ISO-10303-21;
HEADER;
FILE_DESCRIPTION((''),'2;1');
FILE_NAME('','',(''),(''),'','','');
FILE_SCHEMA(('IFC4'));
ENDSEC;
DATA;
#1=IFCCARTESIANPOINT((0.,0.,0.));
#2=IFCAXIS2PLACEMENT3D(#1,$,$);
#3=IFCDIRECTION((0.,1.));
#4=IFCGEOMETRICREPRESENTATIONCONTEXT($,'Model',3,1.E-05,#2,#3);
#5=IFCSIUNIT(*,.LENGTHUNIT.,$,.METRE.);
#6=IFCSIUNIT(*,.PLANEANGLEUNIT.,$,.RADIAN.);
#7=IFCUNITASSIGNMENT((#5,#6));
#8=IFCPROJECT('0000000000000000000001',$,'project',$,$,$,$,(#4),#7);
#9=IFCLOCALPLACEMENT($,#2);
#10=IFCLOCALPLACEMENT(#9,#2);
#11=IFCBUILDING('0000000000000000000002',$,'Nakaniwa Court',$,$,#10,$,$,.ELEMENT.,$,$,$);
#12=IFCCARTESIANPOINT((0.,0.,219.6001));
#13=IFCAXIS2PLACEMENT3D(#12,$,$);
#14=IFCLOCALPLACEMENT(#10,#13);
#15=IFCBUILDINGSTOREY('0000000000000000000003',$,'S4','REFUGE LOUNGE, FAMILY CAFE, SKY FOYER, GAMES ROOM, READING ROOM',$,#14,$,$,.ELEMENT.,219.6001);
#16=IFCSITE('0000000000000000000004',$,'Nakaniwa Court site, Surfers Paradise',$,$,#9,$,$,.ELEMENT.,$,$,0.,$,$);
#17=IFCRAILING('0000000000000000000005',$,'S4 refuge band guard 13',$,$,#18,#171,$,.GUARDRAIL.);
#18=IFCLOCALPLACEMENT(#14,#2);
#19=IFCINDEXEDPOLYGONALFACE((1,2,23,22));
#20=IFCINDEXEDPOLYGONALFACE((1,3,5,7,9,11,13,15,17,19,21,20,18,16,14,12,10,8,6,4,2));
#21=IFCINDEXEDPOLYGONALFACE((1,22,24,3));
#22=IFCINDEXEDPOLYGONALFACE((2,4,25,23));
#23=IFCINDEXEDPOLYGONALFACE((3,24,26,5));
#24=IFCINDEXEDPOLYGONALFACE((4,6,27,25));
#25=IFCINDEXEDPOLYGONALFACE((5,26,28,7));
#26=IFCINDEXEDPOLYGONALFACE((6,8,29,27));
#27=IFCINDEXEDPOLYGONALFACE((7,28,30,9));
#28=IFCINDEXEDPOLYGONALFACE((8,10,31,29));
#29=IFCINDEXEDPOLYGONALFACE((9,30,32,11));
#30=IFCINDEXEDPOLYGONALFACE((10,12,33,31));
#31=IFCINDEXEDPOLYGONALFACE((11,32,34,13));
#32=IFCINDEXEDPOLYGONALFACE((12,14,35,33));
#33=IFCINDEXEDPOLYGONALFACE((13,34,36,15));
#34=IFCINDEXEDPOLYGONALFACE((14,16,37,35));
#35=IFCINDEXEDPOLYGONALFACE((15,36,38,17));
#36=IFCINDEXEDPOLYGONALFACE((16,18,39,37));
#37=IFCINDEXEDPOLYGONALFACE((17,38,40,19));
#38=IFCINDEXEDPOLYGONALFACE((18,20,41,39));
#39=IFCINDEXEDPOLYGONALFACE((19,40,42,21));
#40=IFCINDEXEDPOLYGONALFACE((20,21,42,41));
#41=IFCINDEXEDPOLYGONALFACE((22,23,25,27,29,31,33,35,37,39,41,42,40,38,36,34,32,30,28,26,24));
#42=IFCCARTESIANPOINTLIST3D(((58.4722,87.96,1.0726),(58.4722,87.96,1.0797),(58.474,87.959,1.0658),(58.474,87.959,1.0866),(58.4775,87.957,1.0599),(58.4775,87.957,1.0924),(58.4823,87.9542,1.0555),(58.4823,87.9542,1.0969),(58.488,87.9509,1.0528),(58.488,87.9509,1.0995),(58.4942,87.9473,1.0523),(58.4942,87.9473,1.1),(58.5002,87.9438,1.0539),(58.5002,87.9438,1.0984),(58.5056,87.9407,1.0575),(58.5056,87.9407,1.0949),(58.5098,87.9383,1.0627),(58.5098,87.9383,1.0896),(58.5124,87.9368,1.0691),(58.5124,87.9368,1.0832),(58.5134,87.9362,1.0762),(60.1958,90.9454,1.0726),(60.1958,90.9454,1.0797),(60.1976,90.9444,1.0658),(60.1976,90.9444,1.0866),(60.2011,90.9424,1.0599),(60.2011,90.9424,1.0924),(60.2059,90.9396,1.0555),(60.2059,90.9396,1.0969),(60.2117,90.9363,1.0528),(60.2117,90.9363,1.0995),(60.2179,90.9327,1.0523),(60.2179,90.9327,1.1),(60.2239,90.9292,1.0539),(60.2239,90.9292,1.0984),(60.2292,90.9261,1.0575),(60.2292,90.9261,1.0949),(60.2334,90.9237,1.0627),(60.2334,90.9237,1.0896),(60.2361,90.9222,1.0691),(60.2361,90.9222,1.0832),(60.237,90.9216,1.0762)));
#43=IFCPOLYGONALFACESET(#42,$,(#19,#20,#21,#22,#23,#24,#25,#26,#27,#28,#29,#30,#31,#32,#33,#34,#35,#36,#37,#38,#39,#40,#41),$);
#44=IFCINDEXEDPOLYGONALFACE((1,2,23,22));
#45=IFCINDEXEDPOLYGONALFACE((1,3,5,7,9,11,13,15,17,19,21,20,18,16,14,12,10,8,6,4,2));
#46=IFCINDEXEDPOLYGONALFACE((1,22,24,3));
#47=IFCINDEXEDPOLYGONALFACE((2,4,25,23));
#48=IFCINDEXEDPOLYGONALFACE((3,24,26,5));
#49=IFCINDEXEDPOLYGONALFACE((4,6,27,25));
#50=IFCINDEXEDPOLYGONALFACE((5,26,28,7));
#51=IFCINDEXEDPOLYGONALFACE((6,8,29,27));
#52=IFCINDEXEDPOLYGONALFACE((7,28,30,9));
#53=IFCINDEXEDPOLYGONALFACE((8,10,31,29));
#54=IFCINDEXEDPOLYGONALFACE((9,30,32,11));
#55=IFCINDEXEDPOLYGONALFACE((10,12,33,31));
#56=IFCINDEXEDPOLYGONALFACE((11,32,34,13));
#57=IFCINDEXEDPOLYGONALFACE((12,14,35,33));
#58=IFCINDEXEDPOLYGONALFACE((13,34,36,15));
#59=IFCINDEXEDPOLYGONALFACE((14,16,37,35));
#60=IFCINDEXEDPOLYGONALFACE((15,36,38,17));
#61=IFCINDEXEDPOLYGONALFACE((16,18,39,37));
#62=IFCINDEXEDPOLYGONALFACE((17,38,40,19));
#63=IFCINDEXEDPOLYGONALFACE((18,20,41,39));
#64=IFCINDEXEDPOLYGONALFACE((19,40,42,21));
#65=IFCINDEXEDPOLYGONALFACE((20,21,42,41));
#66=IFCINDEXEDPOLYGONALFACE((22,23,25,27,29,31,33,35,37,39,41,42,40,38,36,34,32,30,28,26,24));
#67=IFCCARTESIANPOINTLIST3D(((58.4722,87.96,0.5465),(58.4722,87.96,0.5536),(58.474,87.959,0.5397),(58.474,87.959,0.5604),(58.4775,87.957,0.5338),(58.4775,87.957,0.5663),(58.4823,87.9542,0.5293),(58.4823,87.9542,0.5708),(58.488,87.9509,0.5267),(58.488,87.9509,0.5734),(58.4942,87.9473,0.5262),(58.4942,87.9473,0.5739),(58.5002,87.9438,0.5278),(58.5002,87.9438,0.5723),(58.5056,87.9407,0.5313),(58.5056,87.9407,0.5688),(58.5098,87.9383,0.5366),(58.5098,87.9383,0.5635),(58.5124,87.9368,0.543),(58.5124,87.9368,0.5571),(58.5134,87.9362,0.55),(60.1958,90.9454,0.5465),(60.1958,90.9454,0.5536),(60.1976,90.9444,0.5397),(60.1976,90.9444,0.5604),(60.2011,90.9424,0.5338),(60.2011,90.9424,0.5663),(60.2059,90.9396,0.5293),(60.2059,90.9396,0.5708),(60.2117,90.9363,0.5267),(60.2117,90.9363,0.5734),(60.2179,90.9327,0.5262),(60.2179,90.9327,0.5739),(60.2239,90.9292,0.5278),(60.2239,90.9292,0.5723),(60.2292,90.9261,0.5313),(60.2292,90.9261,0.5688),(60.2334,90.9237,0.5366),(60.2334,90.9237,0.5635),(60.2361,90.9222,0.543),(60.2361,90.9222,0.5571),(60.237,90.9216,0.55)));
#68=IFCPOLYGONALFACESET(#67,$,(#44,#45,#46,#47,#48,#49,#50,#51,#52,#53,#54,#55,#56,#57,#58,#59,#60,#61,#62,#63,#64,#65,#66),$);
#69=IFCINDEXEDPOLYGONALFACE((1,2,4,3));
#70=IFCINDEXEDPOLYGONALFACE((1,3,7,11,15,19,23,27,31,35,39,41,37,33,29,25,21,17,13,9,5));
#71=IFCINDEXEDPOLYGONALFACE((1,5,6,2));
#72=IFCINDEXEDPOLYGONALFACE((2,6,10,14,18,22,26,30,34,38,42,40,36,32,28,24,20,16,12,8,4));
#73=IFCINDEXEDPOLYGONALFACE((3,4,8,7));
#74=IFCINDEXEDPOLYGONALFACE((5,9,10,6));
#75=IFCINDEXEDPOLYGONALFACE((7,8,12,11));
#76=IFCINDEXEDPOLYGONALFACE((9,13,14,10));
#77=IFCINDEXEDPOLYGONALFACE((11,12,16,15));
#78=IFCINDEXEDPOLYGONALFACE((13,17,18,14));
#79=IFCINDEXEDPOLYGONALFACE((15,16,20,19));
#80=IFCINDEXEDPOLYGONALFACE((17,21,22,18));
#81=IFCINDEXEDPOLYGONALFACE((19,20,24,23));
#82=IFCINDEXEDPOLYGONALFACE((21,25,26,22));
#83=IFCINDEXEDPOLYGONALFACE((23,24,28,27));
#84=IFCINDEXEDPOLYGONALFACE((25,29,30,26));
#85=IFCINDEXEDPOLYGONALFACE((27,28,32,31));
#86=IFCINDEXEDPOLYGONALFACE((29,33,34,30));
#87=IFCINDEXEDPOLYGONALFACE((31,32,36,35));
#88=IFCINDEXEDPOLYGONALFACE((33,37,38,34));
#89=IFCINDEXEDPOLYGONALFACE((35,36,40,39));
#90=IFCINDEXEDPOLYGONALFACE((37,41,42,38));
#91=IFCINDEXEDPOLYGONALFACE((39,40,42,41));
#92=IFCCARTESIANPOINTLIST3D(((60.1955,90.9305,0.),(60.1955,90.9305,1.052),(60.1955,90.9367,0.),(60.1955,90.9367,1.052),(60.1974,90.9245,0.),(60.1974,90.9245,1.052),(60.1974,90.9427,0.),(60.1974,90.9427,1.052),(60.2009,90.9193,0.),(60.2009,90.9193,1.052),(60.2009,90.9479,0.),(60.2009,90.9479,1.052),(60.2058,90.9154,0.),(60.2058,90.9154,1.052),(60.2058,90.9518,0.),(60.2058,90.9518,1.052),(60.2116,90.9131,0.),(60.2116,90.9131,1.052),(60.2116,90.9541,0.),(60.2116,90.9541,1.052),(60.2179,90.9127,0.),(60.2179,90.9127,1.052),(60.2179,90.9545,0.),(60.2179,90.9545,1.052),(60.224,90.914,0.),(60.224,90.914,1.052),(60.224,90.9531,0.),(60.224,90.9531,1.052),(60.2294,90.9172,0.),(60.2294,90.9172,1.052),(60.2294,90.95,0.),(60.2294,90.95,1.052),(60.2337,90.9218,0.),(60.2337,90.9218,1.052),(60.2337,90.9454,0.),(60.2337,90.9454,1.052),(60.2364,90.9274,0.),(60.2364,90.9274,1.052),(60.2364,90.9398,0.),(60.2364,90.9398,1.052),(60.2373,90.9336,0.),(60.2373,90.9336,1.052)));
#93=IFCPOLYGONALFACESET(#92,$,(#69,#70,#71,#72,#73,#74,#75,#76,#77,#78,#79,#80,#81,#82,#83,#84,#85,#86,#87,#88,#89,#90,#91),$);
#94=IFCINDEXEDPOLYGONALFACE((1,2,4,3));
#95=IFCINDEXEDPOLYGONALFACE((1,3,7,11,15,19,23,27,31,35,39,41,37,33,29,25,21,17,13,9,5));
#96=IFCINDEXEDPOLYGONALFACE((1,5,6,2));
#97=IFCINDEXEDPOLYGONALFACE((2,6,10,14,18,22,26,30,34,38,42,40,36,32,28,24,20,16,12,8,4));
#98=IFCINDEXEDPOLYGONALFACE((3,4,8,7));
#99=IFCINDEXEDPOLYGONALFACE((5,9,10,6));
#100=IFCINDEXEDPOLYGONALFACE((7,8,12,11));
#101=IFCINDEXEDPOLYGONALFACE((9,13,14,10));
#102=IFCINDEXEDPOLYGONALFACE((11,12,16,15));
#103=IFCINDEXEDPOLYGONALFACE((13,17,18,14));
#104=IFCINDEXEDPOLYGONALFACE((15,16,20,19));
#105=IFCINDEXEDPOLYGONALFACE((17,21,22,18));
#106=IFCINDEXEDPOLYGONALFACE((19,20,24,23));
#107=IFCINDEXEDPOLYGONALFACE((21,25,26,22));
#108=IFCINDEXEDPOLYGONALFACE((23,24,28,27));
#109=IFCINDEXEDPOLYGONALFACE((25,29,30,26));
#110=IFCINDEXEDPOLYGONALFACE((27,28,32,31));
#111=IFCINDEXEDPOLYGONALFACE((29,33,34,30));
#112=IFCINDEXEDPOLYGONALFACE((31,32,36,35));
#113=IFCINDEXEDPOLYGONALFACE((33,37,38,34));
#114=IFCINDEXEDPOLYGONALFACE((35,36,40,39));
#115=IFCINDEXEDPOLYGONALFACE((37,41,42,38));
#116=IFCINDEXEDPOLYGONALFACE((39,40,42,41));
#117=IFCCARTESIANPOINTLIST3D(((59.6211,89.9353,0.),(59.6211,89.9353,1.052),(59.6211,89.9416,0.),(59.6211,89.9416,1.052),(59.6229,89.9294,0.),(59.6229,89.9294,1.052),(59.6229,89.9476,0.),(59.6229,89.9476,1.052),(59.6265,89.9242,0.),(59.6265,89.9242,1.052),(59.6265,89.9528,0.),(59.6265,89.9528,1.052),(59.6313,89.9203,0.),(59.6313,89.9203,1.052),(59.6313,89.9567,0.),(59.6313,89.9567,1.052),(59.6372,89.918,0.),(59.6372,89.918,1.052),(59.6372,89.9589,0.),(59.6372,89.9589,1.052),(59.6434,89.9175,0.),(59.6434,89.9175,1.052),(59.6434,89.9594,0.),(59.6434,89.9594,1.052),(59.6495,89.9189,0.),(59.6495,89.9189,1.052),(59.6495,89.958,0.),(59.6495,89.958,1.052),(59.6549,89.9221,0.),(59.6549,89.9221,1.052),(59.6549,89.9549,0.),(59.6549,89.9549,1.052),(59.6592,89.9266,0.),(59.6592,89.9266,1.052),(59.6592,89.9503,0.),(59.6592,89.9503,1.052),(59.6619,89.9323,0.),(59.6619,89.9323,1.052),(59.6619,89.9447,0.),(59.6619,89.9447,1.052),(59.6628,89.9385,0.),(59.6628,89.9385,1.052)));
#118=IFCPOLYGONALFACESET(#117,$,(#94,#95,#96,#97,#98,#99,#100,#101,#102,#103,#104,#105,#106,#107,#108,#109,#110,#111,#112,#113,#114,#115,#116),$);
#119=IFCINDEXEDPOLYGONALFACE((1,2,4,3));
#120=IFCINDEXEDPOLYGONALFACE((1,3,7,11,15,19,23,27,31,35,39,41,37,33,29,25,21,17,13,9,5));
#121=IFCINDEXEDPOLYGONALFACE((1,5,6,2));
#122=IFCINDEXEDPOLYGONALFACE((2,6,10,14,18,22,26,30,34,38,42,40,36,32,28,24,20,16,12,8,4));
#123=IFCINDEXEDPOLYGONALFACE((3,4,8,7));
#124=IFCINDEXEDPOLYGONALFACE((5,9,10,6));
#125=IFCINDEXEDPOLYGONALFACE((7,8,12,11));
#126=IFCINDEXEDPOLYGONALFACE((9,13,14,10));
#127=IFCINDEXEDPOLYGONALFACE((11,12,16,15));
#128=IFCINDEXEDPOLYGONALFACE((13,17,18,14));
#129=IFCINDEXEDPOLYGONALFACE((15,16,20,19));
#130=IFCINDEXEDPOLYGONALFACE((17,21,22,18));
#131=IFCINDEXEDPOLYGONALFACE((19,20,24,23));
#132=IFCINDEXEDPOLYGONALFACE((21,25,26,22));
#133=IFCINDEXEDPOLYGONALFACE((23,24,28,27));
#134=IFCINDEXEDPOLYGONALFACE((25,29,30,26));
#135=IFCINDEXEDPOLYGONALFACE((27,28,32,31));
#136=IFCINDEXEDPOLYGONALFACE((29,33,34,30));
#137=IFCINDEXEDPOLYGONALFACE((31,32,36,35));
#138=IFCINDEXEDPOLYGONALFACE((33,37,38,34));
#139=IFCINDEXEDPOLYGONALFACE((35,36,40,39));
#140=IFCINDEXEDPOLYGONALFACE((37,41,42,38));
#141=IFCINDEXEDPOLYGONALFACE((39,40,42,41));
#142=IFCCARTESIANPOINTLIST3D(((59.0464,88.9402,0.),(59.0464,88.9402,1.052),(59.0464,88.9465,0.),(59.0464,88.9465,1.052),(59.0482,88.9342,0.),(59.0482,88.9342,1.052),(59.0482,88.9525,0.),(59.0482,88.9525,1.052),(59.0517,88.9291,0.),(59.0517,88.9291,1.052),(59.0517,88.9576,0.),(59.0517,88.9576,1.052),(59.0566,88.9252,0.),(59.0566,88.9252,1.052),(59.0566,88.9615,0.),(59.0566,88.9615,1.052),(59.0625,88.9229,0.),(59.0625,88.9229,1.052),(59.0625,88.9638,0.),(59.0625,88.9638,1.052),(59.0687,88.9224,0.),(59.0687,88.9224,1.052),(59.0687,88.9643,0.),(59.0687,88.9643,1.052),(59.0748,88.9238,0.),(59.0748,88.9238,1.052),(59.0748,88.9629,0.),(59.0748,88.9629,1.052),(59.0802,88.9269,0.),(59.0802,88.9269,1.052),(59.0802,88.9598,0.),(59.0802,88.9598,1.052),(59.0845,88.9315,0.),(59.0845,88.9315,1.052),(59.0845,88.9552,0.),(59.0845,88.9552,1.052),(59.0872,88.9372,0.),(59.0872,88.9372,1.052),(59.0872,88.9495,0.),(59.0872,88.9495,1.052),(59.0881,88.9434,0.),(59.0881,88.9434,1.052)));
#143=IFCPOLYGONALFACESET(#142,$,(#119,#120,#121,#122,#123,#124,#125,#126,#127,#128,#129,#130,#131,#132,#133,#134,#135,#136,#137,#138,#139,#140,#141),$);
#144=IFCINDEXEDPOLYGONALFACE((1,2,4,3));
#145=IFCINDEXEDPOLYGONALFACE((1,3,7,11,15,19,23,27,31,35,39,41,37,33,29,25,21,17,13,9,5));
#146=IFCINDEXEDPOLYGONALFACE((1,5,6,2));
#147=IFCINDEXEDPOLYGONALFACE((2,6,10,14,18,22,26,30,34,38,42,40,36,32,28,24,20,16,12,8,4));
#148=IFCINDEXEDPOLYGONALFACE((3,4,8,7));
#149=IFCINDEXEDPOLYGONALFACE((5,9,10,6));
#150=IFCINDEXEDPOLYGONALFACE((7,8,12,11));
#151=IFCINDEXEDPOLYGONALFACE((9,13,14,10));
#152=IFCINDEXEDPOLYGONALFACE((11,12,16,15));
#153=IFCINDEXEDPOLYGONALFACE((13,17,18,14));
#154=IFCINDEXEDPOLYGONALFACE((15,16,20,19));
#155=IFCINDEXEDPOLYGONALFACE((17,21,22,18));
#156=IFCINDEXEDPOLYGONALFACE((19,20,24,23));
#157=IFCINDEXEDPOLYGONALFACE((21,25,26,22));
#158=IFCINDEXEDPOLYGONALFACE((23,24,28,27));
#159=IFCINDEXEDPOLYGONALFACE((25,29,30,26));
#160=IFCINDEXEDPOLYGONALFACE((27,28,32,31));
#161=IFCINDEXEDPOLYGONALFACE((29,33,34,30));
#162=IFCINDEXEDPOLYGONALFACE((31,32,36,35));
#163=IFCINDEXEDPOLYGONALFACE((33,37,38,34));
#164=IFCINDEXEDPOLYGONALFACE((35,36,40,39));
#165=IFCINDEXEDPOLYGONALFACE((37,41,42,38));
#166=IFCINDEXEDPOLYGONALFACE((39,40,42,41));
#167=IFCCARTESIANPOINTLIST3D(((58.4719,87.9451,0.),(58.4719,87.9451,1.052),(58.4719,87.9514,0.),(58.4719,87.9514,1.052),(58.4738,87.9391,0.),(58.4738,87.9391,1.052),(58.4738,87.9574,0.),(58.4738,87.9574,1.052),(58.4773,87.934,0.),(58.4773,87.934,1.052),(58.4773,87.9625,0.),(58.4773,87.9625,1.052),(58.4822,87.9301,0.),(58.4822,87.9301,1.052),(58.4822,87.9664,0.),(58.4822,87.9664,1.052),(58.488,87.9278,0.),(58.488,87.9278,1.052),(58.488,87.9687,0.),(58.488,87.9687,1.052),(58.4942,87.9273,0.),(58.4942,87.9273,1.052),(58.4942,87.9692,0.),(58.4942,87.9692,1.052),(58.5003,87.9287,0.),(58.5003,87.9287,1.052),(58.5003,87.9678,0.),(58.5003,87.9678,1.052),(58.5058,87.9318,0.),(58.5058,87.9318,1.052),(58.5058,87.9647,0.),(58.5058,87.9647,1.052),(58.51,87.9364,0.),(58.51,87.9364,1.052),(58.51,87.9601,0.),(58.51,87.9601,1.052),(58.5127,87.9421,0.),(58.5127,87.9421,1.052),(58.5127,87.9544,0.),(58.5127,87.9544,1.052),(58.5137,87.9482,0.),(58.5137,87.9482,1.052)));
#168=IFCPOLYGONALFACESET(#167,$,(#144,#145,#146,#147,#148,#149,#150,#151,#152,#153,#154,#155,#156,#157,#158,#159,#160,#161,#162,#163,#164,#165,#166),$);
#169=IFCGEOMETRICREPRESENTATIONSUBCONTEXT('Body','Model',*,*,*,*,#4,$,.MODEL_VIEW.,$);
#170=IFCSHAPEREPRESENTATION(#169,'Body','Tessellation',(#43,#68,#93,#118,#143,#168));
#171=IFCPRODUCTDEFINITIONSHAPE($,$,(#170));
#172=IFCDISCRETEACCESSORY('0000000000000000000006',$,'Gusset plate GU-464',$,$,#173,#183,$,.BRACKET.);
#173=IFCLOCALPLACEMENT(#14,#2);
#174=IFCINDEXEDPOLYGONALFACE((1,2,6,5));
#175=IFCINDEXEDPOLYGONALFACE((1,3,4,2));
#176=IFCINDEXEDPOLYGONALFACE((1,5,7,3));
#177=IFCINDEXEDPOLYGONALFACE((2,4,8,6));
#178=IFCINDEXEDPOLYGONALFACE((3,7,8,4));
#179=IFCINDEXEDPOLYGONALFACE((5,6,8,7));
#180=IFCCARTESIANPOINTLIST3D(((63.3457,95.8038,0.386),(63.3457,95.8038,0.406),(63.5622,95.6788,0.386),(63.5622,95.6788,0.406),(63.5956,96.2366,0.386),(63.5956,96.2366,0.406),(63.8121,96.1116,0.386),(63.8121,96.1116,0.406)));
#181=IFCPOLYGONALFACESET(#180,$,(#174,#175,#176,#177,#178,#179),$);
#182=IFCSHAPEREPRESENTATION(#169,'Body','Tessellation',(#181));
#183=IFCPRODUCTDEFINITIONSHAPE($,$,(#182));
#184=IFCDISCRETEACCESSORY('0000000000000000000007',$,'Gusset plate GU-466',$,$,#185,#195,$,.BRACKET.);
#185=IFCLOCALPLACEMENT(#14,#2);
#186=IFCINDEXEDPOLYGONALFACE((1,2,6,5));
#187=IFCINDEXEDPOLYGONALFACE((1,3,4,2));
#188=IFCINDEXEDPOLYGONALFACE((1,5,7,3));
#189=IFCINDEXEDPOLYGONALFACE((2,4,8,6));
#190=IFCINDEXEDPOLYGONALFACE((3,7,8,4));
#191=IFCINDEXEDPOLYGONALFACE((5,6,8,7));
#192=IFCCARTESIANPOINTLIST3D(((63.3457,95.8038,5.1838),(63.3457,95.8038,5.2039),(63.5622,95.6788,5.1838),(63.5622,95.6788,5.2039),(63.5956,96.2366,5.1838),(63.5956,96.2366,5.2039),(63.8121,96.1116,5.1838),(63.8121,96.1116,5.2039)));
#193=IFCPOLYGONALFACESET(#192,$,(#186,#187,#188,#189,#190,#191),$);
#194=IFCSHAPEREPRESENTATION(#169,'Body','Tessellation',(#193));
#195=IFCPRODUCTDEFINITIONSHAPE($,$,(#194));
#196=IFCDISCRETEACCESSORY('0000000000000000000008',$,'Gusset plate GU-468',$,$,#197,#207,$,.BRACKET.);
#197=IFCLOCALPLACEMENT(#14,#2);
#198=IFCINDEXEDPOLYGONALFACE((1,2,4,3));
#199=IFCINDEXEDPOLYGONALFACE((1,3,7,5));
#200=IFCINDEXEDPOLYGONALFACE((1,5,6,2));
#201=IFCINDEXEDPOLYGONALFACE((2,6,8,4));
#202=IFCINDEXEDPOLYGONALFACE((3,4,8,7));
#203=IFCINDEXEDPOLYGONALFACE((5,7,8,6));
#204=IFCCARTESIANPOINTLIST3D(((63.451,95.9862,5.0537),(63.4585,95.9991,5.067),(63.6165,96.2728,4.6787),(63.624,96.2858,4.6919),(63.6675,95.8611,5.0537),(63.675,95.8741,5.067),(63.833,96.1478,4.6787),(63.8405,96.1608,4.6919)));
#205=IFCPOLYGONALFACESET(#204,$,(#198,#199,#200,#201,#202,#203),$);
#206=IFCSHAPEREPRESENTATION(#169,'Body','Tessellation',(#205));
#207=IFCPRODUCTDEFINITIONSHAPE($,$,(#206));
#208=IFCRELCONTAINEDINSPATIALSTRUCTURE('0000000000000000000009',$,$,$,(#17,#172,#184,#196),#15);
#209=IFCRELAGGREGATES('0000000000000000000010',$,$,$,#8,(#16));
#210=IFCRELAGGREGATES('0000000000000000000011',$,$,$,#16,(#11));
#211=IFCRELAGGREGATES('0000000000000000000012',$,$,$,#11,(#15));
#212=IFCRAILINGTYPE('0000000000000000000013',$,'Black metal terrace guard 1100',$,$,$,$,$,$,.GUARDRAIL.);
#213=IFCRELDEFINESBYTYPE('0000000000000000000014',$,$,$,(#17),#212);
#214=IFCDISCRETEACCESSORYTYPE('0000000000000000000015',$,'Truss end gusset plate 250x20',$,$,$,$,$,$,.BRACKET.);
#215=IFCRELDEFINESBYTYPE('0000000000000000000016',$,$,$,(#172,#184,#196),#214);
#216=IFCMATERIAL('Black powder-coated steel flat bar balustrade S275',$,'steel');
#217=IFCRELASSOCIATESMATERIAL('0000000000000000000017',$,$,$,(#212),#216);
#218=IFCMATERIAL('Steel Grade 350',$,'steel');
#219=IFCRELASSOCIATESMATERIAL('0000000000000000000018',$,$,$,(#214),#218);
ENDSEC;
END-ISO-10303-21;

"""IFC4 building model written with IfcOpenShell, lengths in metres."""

from ifc_helpers import new_model, si_unit, direction, frame, origin, origin_2d, place, context, subcontext, project, spatial, rectangle, circle, extrude, material, material_profile, profile_set, type_object, element, save


model = new_model("IFC4")

# Units and contexts
model_context = context("Model", 3, precision=1e-05, world=origin(), true_north=direction((0.0, 1.0)))
body_context = subcontext(model_context, "Body", "Model", "MODEL_VIEW")
ifc_project = project(units=[si_unit("LENGTHUNIT", "METRE"), si_unit("PLANEANGLEUNIT", "RADIAN")], contexts=[model_context])

# Site, building, storey
site_placement = place(None, origin())
site = spatial("IfcSite", under=ifc_project, at=site_placement, Name="Nakaniwa Court site, Surfers Paradise", CompositionType="ELEMENT", RefElevation=0.0)
building_placement = place(site_placement, origin())
building = spatial("IfcBuilding", under=site, at=building_placement, Name="Nakaniwa Court", CompositionType="ELEMENT")
storey_placement = place(building_placement, frame((0.0, 0.0, 219.6001)))
storey = spatial("IfcBuildingStorey", under=building, at=storey_placement, Name="S4", Description="REFUGE LOUNGE, FAMILY CAFE, SKY FOYER, GAMES ROOM, READING ROOM", CompositionType="ELEMENT", Elevation=219.6001)

# Shared definitions
ifc_material_1 = material(Name="Steel Grade 350", Category="steel")

# Railing
ifc_material_2 = material(Name="Black powder-coated steel flat bar balustrade S275", Category="steel")
railing_type = type_object("IfcRailingType", Name="Black metal terrace guard 1100", PredefinedType="GUARDRAIL", material=ifc_material_2)
railing_1_placement = place(storey_placement, frame((60.2163, 90.9336, 0.0)))
element("IfcRailing", 1, at=railing_1_placement, inside=storey, type_object=railing_type, Name="S4 refuge band guard 13", PredefinedType="GUARDRAIL", context=body_context, shape_type="SweptSolid", body=[
    extrude(circle(Radius=0.0239, at=origin_2d()), frame((0.0, 0.0, 1.0762), z_axis=(-0.500009, -0.86602, 0.0), x_axis=(0.86602, -0.500009, 0.0)), (0.0, 0.0, 1.0), 3.4473),
    extrude(circle(Radius=0.0239, at=origin_2d()), frame((0.0, 0.0, 0.55), z_axis=(-0.500009, -0.86602, 0.0), x_axis=(0.86602, -0.500009, 0.0)), (0.0, 0.0, 1.0), 3.4473),
    extrude(circle(Radius=0.021, at=origin_2d()), origin(), (0.0, 0.0, 1.0), 1.052),
    extrude(circle(Radius=0.021, at=origin_2d()), frame((-0.5745, -0.9951, 0.0)), (0.0, 0.0, 1.0), 1.052),
    extrude(circle(Radius=0.021, at=origin_2d()), frame((-1.1492, -1.9902, 0.0)), (0.0, 0.0, 1.0), 1.052),
    extrude(circle(Radius=0.021, at=origin_2d()), frame((-1.7236, -2.9854, 0.0)), (0.0, 0.0, 1.0), 1.052),
])

# Discrete accessories
ifc_material_profile_1 = material_profile(ifc_material_1, rectangle(XDim=0.25, YDim=0.02, at=origin_2d()), Name="Truss end gusset plate 250x20")
ifc_profile_set_1 = profile_set([ifc_material_profile_1], Name="Steel Grade 350")
discrete_accessory_type = type_object("IfcDiscreteAccessoryType", Name="Truss end gusset plate 250x20", PredefinedType="BRACKET", material=ifc_profile_set_1)
for number, where, z_axis, x_axis, name in (
    (2, (63.7039, 96.1741, 0.396), (-0.500131, -0.86595, 0.0), (0.86595, -0.500131, 0.0), "Gusset plate GU-464"),
    (3, (63.7039, 96.1741, 5.1938), (-0.500131, -0.86595, 0.0), (0.86595, -0.500131, 0.0), "Gusset plate GU-466"),
):
    element("IfcDiscreteAccessory", number, at=place(storey_placement, frame(where, z_axis=z_axis, x_axis=x_axis)), inside=storey, type_object=discrete_accessory_type, Name=name, PredefinedType="BRACKET", context=body_context, shape_type="SweptSolid", body=[
        extrude(rectangle(XDim=0.25, YDim=0.02, at=origin_2d()), origin(), (0.0, 0.0, 1.0), 0.4998),
    ])
discrete_accessory_1_placement = place(storey_placement, frame((63.7285, 96.2168, 4.6853), z_axis=(-0.330938, -0.573041, 0.749736), x_axis=(0.865964, -0.500106, 0.0)))
element("IfcDiscreteAccessory", 4, at=discrete_accessory_1_placement, inside=storey, type_object=discrete_accessory_type, Name="Gusset plate GU-468", PredefinedType="BRACKET", context=body_context, shape_type="SweptSolid", body=[
    extrude(rectangle(XDim=0.25, YDim=0.02, at=origin_2d()), origin(), (0.0, 0.0, 1.0), 0.5002),
])

save(model, "model.ifc")
